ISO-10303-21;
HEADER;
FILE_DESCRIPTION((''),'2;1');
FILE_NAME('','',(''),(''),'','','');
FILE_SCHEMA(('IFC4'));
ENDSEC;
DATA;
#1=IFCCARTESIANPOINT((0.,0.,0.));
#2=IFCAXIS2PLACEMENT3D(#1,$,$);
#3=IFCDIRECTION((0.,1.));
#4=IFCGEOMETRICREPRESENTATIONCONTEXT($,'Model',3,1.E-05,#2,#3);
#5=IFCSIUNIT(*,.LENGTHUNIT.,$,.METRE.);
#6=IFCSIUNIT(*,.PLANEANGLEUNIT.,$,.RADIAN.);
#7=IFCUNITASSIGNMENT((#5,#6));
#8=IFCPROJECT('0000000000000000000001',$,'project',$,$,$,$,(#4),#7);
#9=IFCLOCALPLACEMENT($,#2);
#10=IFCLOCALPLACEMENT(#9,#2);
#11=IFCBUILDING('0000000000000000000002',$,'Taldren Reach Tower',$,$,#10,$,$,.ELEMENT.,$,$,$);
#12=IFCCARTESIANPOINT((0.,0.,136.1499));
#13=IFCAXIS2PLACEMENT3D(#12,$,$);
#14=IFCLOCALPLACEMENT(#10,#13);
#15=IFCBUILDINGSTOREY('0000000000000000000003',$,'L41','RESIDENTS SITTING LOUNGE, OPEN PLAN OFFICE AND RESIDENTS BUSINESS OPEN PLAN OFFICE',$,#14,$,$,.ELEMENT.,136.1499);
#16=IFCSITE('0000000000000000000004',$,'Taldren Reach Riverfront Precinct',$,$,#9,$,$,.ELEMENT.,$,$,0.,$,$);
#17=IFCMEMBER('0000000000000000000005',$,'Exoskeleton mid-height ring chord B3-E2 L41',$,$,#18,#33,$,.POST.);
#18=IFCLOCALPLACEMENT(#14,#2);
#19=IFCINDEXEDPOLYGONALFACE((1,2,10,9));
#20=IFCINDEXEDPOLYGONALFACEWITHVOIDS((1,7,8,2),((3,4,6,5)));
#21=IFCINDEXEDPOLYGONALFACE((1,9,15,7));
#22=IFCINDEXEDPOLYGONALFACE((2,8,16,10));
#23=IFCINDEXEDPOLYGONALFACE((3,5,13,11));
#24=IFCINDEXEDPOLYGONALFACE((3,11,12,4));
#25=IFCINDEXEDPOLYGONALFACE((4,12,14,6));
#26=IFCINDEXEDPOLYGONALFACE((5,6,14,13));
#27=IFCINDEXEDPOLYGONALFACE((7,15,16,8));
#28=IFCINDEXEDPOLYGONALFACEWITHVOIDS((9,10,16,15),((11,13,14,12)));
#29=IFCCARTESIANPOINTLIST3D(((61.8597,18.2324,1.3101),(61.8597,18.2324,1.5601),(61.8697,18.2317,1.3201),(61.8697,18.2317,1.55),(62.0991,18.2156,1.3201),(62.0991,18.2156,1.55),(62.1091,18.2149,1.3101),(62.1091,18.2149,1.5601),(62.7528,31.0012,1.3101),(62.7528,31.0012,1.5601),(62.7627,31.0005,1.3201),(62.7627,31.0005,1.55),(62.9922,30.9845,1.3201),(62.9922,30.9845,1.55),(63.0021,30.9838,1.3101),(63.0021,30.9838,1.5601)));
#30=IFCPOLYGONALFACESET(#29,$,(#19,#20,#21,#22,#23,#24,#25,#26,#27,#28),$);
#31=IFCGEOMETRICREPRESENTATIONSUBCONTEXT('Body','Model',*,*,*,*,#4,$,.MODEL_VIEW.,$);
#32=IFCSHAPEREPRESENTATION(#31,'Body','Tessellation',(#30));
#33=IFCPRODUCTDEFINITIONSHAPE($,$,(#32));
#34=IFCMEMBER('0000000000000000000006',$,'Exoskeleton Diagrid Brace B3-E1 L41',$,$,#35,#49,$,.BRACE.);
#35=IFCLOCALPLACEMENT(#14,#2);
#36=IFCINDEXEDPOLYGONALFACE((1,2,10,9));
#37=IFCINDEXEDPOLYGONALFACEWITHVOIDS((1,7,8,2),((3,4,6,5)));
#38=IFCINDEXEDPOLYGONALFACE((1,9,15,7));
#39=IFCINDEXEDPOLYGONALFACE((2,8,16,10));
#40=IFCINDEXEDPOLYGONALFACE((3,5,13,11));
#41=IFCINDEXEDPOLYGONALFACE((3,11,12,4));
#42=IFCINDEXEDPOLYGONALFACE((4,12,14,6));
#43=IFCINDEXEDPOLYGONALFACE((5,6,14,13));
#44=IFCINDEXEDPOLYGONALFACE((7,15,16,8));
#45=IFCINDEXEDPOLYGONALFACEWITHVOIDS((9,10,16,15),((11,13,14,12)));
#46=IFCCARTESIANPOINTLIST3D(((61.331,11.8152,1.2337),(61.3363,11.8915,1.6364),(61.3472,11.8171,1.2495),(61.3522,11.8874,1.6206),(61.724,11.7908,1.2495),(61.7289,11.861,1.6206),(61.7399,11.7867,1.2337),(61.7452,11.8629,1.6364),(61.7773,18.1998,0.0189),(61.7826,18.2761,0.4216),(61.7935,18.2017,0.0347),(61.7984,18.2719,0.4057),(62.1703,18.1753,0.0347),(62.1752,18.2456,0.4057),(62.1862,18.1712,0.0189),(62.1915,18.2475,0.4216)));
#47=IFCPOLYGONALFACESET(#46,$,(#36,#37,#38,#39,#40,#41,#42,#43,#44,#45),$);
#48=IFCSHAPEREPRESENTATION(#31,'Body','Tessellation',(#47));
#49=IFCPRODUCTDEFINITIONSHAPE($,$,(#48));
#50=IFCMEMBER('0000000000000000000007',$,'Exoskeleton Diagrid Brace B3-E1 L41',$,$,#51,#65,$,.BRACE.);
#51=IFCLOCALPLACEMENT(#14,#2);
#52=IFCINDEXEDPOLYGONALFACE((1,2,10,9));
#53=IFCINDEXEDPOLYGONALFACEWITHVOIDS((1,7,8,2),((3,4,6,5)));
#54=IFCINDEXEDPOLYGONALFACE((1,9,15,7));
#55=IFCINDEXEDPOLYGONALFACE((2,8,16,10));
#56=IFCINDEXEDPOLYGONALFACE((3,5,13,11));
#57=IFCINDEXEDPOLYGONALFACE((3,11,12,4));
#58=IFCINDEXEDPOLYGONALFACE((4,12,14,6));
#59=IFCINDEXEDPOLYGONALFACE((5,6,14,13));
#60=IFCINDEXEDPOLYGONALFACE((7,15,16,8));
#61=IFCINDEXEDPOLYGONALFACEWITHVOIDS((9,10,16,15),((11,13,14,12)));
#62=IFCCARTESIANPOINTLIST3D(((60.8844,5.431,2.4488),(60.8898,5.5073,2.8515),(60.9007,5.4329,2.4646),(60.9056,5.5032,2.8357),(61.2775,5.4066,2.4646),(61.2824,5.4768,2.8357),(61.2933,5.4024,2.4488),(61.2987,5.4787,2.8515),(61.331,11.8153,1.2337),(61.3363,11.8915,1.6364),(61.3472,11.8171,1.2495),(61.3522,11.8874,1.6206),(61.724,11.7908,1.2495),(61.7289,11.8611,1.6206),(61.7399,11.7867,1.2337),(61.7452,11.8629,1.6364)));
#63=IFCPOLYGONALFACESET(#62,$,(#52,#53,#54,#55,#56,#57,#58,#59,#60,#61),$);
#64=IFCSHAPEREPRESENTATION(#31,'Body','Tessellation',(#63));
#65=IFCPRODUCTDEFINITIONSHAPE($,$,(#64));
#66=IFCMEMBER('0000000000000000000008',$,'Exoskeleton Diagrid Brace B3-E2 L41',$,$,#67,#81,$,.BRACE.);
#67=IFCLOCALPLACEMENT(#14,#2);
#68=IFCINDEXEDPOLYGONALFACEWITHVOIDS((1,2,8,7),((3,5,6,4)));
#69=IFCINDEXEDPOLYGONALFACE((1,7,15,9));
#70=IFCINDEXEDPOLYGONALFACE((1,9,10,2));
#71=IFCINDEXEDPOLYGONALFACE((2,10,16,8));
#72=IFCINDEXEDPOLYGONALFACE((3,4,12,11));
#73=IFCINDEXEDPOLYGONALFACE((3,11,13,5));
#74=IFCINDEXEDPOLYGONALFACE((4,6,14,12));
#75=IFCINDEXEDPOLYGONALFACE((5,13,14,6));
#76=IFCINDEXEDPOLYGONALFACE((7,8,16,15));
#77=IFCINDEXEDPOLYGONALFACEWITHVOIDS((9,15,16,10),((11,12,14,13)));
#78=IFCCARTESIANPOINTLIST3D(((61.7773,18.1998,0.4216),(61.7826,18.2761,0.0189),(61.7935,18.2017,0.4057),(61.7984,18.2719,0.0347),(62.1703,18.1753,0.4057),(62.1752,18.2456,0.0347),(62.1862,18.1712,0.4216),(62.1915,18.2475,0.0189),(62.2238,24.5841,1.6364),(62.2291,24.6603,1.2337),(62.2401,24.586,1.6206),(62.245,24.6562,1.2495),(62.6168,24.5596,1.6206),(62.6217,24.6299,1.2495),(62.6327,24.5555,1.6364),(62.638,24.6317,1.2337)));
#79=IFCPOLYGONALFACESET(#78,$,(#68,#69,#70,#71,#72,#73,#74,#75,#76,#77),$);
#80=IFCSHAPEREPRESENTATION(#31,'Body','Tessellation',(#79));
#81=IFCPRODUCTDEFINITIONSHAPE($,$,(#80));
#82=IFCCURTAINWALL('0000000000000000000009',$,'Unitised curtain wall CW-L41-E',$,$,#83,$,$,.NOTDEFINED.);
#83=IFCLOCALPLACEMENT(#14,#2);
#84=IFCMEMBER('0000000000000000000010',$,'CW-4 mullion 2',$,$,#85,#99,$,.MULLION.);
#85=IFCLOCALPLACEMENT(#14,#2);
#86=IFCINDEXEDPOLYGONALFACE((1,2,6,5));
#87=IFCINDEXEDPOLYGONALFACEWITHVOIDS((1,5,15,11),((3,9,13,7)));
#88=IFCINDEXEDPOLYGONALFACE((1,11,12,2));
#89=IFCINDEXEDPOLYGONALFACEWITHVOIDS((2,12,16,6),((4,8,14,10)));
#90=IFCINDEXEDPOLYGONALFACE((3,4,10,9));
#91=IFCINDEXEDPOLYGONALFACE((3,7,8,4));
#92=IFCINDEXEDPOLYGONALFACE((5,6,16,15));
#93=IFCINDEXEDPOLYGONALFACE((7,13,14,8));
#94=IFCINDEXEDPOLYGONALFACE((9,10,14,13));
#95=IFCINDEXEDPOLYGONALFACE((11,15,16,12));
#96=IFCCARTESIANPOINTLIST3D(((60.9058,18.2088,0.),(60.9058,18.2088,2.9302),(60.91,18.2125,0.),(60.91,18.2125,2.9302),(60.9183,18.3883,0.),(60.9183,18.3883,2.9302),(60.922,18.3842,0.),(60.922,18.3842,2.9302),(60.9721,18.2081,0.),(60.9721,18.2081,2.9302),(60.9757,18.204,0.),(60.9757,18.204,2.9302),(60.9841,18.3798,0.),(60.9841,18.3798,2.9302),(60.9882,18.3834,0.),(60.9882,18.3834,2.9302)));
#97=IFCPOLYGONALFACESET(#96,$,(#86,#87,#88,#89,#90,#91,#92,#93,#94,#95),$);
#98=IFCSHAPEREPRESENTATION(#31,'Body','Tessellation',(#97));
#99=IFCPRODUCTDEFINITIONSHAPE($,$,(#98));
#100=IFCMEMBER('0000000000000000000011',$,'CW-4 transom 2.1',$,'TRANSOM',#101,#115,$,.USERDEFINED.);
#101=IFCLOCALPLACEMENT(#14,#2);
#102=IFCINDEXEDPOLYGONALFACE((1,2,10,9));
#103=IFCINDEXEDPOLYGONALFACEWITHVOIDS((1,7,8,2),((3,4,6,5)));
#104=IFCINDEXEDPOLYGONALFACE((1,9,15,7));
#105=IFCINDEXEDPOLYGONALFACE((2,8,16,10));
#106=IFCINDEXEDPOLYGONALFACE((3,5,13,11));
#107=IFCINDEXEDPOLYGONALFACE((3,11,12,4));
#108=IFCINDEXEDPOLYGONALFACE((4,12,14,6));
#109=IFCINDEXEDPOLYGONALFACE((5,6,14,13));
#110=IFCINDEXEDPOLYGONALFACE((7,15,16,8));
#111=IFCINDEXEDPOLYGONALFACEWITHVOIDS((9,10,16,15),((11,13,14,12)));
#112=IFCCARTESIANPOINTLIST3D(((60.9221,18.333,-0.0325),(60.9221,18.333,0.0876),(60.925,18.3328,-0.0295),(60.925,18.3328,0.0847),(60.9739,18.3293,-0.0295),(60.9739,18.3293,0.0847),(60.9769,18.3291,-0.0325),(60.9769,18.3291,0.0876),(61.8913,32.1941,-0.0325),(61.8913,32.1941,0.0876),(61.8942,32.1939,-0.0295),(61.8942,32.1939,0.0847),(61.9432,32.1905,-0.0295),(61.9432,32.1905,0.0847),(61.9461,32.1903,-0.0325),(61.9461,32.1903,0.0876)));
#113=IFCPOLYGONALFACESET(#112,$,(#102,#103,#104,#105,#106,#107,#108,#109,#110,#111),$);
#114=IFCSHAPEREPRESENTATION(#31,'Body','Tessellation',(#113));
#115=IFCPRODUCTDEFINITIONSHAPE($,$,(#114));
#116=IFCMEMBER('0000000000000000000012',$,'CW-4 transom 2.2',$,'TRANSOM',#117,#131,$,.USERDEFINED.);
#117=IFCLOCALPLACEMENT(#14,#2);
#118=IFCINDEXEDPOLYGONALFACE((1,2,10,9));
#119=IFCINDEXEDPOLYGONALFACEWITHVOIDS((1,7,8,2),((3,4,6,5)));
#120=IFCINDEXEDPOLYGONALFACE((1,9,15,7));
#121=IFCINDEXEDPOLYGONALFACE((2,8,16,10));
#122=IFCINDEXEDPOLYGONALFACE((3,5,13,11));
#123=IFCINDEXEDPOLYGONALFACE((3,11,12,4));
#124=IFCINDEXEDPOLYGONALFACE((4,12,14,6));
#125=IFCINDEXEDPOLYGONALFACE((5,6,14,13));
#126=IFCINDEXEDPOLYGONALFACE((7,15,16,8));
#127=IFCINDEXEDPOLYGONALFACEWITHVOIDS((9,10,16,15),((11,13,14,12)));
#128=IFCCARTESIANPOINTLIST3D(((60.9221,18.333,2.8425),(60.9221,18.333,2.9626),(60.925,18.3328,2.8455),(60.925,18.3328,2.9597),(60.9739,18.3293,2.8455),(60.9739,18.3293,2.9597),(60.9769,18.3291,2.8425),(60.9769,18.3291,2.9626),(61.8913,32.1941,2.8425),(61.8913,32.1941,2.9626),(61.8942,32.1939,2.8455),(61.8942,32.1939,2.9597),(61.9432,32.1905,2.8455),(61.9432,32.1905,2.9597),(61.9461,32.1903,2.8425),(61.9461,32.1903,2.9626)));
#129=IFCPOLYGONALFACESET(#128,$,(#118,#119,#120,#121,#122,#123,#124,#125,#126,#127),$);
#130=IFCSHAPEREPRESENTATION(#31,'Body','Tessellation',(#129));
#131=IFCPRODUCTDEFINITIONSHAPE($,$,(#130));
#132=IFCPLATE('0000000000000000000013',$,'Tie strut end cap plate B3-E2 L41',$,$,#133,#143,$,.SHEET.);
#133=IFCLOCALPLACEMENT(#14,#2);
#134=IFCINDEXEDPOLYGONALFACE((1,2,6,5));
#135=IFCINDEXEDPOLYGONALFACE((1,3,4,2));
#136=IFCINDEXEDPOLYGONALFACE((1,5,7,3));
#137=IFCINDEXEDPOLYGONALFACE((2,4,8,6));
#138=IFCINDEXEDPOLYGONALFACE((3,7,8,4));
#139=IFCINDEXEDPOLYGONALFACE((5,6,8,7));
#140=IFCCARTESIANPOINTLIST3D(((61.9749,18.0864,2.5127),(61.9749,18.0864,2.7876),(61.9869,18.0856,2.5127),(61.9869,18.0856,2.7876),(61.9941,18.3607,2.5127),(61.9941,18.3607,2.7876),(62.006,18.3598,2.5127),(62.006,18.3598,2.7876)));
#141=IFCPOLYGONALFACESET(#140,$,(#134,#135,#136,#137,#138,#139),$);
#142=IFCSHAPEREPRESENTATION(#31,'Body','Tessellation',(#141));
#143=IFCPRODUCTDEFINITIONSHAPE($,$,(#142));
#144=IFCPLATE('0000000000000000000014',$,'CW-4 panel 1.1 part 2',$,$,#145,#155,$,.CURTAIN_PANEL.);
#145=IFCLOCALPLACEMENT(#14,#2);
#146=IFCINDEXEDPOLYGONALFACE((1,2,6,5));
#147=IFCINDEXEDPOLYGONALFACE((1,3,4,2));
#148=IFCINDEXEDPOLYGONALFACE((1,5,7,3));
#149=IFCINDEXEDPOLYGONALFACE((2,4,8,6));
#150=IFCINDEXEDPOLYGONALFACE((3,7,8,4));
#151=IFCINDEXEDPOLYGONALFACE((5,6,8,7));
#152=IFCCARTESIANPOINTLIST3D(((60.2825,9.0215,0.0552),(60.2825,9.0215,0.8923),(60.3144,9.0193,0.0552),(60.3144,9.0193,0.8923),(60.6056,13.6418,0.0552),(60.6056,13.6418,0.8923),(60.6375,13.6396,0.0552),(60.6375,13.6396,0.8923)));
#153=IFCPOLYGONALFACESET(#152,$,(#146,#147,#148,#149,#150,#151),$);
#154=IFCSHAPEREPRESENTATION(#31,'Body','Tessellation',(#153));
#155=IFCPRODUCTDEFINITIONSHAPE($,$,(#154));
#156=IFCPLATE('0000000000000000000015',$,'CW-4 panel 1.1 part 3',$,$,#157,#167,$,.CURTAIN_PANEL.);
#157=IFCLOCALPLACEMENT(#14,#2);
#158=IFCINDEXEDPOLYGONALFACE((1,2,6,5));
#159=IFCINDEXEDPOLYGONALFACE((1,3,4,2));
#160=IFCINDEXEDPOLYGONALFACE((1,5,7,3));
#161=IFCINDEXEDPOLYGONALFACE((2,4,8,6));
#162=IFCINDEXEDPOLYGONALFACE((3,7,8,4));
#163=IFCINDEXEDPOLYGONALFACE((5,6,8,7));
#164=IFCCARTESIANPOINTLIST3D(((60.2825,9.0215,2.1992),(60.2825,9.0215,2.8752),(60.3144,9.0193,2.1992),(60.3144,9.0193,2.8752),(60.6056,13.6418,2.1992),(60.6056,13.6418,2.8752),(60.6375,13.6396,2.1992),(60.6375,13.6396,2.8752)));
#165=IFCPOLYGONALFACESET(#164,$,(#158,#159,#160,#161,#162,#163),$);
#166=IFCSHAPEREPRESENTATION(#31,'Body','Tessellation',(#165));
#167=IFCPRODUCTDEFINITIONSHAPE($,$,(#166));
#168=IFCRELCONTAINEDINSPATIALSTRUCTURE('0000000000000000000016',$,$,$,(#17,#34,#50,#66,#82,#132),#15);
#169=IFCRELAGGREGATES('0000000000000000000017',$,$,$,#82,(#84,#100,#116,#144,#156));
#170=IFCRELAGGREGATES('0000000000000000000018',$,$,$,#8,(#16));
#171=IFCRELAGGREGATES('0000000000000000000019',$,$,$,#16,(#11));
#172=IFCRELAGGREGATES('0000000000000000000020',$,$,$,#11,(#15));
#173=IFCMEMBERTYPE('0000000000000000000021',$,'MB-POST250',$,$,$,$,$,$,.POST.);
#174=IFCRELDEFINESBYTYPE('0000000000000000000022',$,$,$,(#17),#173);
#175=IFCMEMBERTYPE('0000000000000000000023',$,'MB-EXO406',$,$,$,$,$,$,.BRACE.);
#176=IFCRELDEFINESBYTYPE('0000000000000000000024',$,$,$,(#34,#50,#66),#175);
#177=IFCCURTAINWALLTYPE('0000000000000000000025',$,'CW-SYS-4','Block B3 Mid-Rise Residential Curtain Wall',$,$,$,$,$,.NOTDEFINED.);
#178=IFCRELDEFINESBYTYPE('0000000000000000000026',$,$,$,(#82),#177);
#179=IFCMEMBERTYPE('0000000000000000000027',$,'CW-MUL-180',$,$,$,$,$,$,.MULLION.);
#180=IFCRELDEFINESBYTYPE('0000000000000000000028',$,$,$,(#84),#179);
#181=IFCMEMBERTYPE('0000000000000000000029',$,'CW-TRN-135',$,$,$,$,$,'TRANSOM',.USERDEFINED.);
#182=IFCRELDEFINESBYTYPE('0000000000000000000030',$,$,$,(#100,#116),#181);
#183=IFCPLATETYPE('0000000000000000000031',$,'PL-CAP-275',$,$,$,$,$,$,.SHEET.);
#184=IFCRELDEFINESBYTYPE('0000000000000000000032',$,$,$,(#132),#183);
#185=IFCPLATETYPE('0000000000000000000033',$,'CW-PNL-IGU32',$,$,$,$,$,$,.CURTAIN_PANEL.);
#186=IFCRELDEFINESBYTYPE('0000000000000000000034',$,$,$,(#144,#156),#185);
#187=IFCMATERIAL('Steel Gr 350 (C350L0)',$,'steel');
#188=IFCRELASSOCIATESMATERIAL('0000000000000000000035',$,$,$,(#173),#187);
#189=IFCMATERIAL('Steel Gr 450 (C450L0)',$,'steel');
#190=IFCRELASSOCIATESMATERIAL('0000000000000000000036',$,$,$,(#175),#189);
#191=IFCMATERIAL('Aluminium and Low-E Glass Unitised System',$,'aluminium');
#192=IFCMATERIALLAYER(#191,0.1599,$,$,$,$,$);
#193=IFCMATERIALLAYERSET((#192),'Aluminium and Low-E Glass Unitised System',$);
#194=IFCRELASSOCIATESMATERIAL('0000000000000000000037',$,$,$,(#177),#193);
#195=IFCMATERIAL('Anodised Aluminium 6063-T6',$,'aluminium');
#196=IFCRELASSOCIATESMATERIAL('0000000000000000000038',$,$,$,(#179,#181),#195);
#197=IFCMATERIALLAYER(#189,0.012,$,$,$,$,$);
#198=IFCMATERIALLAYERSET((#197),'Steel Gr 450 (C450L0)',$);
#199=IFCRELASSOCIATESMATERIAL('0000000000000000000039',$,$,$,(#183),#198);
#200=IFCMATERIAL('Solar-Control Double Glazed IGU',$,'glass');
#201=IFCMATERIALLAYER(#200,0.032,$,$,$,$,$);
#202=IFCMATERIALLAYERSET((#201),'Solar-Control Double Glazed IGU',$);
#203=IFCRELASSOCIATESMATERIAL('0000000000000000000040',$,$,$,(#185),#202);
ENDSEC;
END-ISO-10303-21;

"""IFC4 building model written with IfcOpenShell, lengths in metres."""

from ifc_helpers import new_model, si_unit, direction, frame, origin, origin_2d, place, context, subcontext, project, spatial, rectangle, hollow_rectangle, extrude, source, transform, mapped, material, layer, layer_set, material_profile, profile_set, type_object, element, aggregate, save


model = new_model("IFC4")

# Units and contexts
model_context = context("Model", 3, precision=1e-05, world=origin(), true_north=direction((0.0, 1.0)))
body_context = subcontext(model_context, "Body", "Model", "MODEL_VIEW")
ifc_project = project(units=[si_unit("LENGTHUNIT", "METRE"), si_unit("PLANEANGLEUNIT", "RADIAN")], contexts=[model_context])

# Site, building, storey
site_placement = place(None, origin())
site = spatial("IfcSite", under=ifc_project, at=site_placement, Name="Taldren Reach Riverfront Precinct", CompositionType="ELEMENT", RefElevation=0.0)
building_placement = place(site_placement, origin())
building = spatial("IfcBuilding", under=site, at=building_placement, Name="Taldren Reach Tower", CompositionType="ELEMENT")
storey_placement = place(building_placement, frame((0.0, 0.0, 136.1499)))
storey = spatial("IfcBuildingStorey", under=building, at=storey_placement, Name="L41", Description="RESIDENTS SITTING LOUNGE, OPEN PLAN OFFICE AND RESIDENTS BUSINESS OPEN PLAN OFFICE", CompositionType="ELEMENT", Elevation=136.1499)

# Shared definitions
ifc_material_1 = material(Name="Steel Gr 450 (C450L0)", Category="steel")
ifc_material_2 = material(Name="Steel Gr 350 (C350L0)", Category="steel")
ifc_material_profile_1 = material_profile(ifc_material_2, hollow_rectangle(XDim=0.25, YDim=0.25, WallThickness=0.01, at=origin_2d()), Name="250x250x10.0SHS")
ifc_profile_set_1 = profile_set([ifc_material_profile_1], Name="Steel Gr 350 (C350L0)")
member_type_1 = type_object("IfcMemberType", Name="MB-POST250", PredefinedType="POST", material=ifc_profile_set_1)

# Members
shared_shape_1 = source(origin(), body_context, "Body", "SweptSolid", [
    extrude(hollow_rectangle(XDim=0.25, YDim=0.25, WallThickness=0.01, at=origin_2d()), origin(), (0.0, 0.0, 1.0), 12.8),
])
member_1_placement = place(storey_placement, frame((61.9844, 18.2236, 1.4351), z_axis=(0.069771, 0.997563, 0.0), x_axis=(-0.997563, 0.069771, 0.0)))
element("IfcMember", 1, at=member_1_placement, inside=storey, type_object=member_type_1, Name="Exoskeleton mid-height ring chord B3-E2 L41", PredefinedType="POST", context=body_context, shape_type="MappedRepresentation", body=[
    mapped(shared_shape_1, transform((0.0, 0.0, 0.0), scale=1.0)),
])
ifc_material_profile_2 = material_profile(ifc_material_1, hollow_rectangle(XDim=0.4099, YDim=0.4099, WallThickness=0.0161, at=origin_2d()), Name="410x410x16.0SHS")
ifc_profile_set_2 = profile_set([ifc_material_profile_2], Name="Steel Gr 450 (C450L0)")
member_type_2 = type_object("IfcMemberType", Name="MB-EXO406", PredefinedType="BRACE", material=ifc_profile_set_2)
shared_shape_2 = source(origin(), body_context, "Body", "SweptSolid", [
    extrude(hollow_rectangle(XDim=0.4099, YDim=0.4099, WallThickness=0.0161, at=origin_2d()), origin(), (0.0, 0.0, 1.0), 6.5144),
])
member_2_placement = place(storey_placement, frame((61.9844, 18.2236, 0.2202), z_axis=(-0.068508, -0.980066, 0.186487), x_axis=(0.997566, -0.069732, 0.0)))
element("IfcMember", 2, at=member_2_placement, inside=storey, type_object=member_type_2, Name="Exoskeleton Diagrid Brace B3-E1 L41", PredefinedType="BRACE", context=body_context, shape_type="MappedRepresentation", body=[
    mapped(shared_shape_2, transform((0.0, 0.0, 0.0), scale=1.0)),
])
shared_shape_3 = source(origin(), body_context, "Body", "SweptSolid", [
    extrude(hollow_rectangle(XDim=0.4099, YDim=0.4099, WallThickness=0.0161, at=origin_2d()), origin(), (0.0, 0.0, 1.0), 6.5142),
])
for number, where, z_axis, x_axis, name in (
    (3, (61.5381, 11.8391, 1.4351), (-0.068548, -0.980055, 0.186529), (0.997563, -0.069772, 0.0), "Exoskeleton Diagrid Brace B3-E1 L41"),
    (4, (61.9844, 18.2236, 0.2202), (0.068548, 0.980062, 0.186493), (-0.997563, 0.069772, 0.0), "Exoskeleton Diagrid Brace B3-E2 L41"),
):
    element("IfcMember", number, at=place(storey_placement, frame(where, z_axis=z_axis, x_axis=x_axis)), inside=storey, type_object=member_type_2, Name=name, PredefinedType="BRACE", context=body_context, shape_type="MappedRepresentation", body=[
        mapped(shared_shape_3, transform((0.0, 0.0, 0.0), scale=1.0)),
    ])

# Curtain wall, members
ifc_material_3 = material(Name="Aluminium and Low-E Glass Unitised System", Category="aluminium")
ifc_layer_1 = layer(ifc_material_3, 0.1599)
ifc_layer_set_1 = layer_set([ifc_layer_1], Name="Aluminium and Low-E Glass Unitised System")
curtain_wall_type = type_object("IfcCurtainWallType", Name="CW-SYS-4", Description="Block B3 Mid-Rise Residential Curtain Wall", PredefinedType="NOTDEFINED", material=ifc_layer_set_1)
curtain_wall_placement = place(storey_placement, origin())
curtain_wall = element("IfcCurtainWall", 5, at=curtain_wall_placement, inside=storey, type_object=curtain_wall_type, Name="Unitised curtain wall CW-L41-E", PredefinedType="NOTDEFINED")
ifc_material_4 = material(Name="Anodised Aluminium 6063-T6", Category="aluminium")
ifc_material_profile_3 = material_profile(ifc_material_4, hollow_rectangle(XDim=0.0701, YDim=0.1799, WallThickness=0.0039, at=origin_2d()), Name="ALU-180x70x4RHS")
ifc_profile_set_3 = profile_set([ifc_material_profile_3], Name="Anodised Aluminium 6063-T6")
member_type_3 = type_object("IfcMemberType", Name="CW-MUL-180", PredefinedType="MULLION", material=ifc_profile_set_3)
shared_shape_4 = source(origin(), body_context, "Body", "SweptSolid", [
    extrude(hollow_rectangle(XDim=0.0701, YDim=0.1799, WallThickness=0.0039, at=origin_2d()), origin(), (0.0, 0.0, 1.0), 2.9302),
])
member_3_placement = place(storey_placement, frame((60.947, 18.2961, 0.0), z_axis=(0.0, 0.0, 1.0), x_axis=(-0.997564, 0.069756, 0.0)))
member_3 = element("IfcMember", 6, at=member_3_placement, type_object=member_type_3, Name="CW-4 mullion 2", PredefinedType="MULLION", context=body_context, shape_type="MappedRepresentation", body=[
    mapped(shared_shape_4, transform((0.0, 0.0, 0.0), scale=1.0)),
])
ifc_material_profile_4 = material_profile(ifc_material_4, hollow_rectangle(XDim=0.0549, YDim=0.1201, WallThickness=0.0029, at=origin_2d()), Name="ALU-120x55x3RHS")
ifc_profile_set_4 = profile_set([ifc_material_profile_4], Name="Anodised Aluminium 6063-T6")
member_type_4 = type_object("IfcMemberType", Name="CW-TRN-135", ElementType="TRANSOM", PredefinedType="USERDEFINED", material=ifc_profile_set_4)
shared_shape_5 = source(origin(), body_context, "Body", "SweptSolid", [
    extrude(hollow_rectangle(XDim=0.0549, YDim=0.1201, WallThickness=0.0029, at=origin_2d()), origin(), (0.0, 0.0, 1.0), 13.895),
])
member_4_placement = place(storey_placement, frame((60.9495, 18.3311, 0.0276), z_axis=(0.069755, 0.997564, 0.0), x_axis=(-0.997564, 0.069755, 0.0)))
member_4 = element("IfcMember", 7, at=member_4_placement, type_object=member_type_4, Name="CW-4 transom 2.1", ObjectType="TRANSOM", PredefinedType="USERDEFINED", context=body_context, shape_type="MappedRepresentation", body=[
    mapped(shared_shape_5, transform((0.0, 0.0, 0.0), scale=1.0)),
])
member_5_placement = place(storey_placement, frame((60.9495, 18.3311, 2.9026), z_axis=(0.069755, 0.997564, 0.0), x_axis=(-0.997564, 0.069755, 0.0)))
member_5 = element("IfcMember", 8, at=member_5_placement, type_object=member_type_4, Name="CW-4 transom 2.2", ObjectType="TRANSOM", PredefinedType="USERDEFINED", context=body_context, shape_type="MappedRepresentation", body=[
    mapped(shared_shape_5, transform((0.0, 0.0, 0.0), scale=1.0)),
])

# Plates
ifc_layer_2 = layer(ifc_material_1, 0.012)
ifc_layer_set_2 = layer_set([ifc_layer_2], Name="Steel Gr 450 (C450L0)")
plate_type_1 = type_object("IfcPlateType", Name="PL-CAP-275", PredefinedType="SHEET", material=ifc_layer_set_2)
shared_shape_6 = source(origin(), body_context, "Body", "SweptSolid", [
    extrude(rectangle(XDim=0.012, YDim=0.2749, at=origin_2d()), origin(), (0.0, 0.0, 1.0), 0.2749),
])
plate_1_placement = place(storey_placement, frame((61.9905, 18.2231, 2.5127), z_axis=(0.0, 0.0, 1.0), x_axis=(0.997564, -0.069756, 0.0)))
element("IfcPlate", 9, at=plate_1_placement, inside=storey, type_object=plate_type_1, Name="Tie strut end cap plate B3-E2 L41", PredefinedType="SHEET", context=body_context, shape_type="MappedRepresentation", body=[
    mapped(shared_shape_6, transform((0.0, 0.0, 0.0), scale=1.0)),
])
ifc_material_5 = material(Name="Solar-Control Double Glazed IGU", Category="glass")
ifc_layer_3 = layer(ifc_material_5, 0.032)
ifc_layer_set_3 = layer_set([ifc_layer_3], Name="Solar-Control Double Glazed IGU")
plate_type_2 = type_object("IfcPlateType", Name="CW-PNL-IGU32", PredefinedType="CURTAIN_PANEL", material=ifc_layer_set_3)
shared_shape_7 = source(origin(), body_context, "Body", "SweptSolid", [
    extrude(rectangle(XDim=4.6316, YDim=0.032, at=origin_2d()), origin(), (0.0, 0.0, 1.0), 0.8372),
])
plate_2_placement = place(storey_placement, frame((60.46, 11.3306, 0.0552), z_axis=(0.0, 0.0, 1.0), x_axis=(0.069756, 0.997564, 0.0)))
plate_2 = element("IfcPlate", 10, at=plate_2_placement, type_object=plate_type_2, Name="CW-4 panel 1.1 part 2", PredefinedType="CURTAIN_PANEL", context=body_context, shape_type="MappedRepresentation", body=[
    mapped(shared_shape_7, transform((0.0, 0.0, 0.0), scale=1.0)),
])
shared_shape_8 = source(origin(), body_context, "Body", "SweptSolid", [
    extrude(rectangle(XDim=4.6316, YDim=0.032, at=origin_2d()), origin(), (0.0, 0.0, 1.0), 0.676),
])
plate_3_placement = place(storey_placement, frame((60.46, 11.3306, 2.1992), z_axis=(0.0, 0.0, 1.0), x_axis=(0.069756, 0.997564, 0.0)))
plate_3 = element("IfcPlate", 11, at=plate_3_placement, type_object=plate_type_2, Name="CW-4 panel 1.1 part 3", PredefinedType="CURTAIN_PANEL", context=body_context, shape_type="MappedRepresentation", body=[
    mapped(shared_shape_8, transform((0.0, 0.0, 0.0), scale=1.0)),
])
aggregate(curtain_wall, [member_3, member_4, member_5, plate_2, plate_3])

save(model, "model.ifc")
